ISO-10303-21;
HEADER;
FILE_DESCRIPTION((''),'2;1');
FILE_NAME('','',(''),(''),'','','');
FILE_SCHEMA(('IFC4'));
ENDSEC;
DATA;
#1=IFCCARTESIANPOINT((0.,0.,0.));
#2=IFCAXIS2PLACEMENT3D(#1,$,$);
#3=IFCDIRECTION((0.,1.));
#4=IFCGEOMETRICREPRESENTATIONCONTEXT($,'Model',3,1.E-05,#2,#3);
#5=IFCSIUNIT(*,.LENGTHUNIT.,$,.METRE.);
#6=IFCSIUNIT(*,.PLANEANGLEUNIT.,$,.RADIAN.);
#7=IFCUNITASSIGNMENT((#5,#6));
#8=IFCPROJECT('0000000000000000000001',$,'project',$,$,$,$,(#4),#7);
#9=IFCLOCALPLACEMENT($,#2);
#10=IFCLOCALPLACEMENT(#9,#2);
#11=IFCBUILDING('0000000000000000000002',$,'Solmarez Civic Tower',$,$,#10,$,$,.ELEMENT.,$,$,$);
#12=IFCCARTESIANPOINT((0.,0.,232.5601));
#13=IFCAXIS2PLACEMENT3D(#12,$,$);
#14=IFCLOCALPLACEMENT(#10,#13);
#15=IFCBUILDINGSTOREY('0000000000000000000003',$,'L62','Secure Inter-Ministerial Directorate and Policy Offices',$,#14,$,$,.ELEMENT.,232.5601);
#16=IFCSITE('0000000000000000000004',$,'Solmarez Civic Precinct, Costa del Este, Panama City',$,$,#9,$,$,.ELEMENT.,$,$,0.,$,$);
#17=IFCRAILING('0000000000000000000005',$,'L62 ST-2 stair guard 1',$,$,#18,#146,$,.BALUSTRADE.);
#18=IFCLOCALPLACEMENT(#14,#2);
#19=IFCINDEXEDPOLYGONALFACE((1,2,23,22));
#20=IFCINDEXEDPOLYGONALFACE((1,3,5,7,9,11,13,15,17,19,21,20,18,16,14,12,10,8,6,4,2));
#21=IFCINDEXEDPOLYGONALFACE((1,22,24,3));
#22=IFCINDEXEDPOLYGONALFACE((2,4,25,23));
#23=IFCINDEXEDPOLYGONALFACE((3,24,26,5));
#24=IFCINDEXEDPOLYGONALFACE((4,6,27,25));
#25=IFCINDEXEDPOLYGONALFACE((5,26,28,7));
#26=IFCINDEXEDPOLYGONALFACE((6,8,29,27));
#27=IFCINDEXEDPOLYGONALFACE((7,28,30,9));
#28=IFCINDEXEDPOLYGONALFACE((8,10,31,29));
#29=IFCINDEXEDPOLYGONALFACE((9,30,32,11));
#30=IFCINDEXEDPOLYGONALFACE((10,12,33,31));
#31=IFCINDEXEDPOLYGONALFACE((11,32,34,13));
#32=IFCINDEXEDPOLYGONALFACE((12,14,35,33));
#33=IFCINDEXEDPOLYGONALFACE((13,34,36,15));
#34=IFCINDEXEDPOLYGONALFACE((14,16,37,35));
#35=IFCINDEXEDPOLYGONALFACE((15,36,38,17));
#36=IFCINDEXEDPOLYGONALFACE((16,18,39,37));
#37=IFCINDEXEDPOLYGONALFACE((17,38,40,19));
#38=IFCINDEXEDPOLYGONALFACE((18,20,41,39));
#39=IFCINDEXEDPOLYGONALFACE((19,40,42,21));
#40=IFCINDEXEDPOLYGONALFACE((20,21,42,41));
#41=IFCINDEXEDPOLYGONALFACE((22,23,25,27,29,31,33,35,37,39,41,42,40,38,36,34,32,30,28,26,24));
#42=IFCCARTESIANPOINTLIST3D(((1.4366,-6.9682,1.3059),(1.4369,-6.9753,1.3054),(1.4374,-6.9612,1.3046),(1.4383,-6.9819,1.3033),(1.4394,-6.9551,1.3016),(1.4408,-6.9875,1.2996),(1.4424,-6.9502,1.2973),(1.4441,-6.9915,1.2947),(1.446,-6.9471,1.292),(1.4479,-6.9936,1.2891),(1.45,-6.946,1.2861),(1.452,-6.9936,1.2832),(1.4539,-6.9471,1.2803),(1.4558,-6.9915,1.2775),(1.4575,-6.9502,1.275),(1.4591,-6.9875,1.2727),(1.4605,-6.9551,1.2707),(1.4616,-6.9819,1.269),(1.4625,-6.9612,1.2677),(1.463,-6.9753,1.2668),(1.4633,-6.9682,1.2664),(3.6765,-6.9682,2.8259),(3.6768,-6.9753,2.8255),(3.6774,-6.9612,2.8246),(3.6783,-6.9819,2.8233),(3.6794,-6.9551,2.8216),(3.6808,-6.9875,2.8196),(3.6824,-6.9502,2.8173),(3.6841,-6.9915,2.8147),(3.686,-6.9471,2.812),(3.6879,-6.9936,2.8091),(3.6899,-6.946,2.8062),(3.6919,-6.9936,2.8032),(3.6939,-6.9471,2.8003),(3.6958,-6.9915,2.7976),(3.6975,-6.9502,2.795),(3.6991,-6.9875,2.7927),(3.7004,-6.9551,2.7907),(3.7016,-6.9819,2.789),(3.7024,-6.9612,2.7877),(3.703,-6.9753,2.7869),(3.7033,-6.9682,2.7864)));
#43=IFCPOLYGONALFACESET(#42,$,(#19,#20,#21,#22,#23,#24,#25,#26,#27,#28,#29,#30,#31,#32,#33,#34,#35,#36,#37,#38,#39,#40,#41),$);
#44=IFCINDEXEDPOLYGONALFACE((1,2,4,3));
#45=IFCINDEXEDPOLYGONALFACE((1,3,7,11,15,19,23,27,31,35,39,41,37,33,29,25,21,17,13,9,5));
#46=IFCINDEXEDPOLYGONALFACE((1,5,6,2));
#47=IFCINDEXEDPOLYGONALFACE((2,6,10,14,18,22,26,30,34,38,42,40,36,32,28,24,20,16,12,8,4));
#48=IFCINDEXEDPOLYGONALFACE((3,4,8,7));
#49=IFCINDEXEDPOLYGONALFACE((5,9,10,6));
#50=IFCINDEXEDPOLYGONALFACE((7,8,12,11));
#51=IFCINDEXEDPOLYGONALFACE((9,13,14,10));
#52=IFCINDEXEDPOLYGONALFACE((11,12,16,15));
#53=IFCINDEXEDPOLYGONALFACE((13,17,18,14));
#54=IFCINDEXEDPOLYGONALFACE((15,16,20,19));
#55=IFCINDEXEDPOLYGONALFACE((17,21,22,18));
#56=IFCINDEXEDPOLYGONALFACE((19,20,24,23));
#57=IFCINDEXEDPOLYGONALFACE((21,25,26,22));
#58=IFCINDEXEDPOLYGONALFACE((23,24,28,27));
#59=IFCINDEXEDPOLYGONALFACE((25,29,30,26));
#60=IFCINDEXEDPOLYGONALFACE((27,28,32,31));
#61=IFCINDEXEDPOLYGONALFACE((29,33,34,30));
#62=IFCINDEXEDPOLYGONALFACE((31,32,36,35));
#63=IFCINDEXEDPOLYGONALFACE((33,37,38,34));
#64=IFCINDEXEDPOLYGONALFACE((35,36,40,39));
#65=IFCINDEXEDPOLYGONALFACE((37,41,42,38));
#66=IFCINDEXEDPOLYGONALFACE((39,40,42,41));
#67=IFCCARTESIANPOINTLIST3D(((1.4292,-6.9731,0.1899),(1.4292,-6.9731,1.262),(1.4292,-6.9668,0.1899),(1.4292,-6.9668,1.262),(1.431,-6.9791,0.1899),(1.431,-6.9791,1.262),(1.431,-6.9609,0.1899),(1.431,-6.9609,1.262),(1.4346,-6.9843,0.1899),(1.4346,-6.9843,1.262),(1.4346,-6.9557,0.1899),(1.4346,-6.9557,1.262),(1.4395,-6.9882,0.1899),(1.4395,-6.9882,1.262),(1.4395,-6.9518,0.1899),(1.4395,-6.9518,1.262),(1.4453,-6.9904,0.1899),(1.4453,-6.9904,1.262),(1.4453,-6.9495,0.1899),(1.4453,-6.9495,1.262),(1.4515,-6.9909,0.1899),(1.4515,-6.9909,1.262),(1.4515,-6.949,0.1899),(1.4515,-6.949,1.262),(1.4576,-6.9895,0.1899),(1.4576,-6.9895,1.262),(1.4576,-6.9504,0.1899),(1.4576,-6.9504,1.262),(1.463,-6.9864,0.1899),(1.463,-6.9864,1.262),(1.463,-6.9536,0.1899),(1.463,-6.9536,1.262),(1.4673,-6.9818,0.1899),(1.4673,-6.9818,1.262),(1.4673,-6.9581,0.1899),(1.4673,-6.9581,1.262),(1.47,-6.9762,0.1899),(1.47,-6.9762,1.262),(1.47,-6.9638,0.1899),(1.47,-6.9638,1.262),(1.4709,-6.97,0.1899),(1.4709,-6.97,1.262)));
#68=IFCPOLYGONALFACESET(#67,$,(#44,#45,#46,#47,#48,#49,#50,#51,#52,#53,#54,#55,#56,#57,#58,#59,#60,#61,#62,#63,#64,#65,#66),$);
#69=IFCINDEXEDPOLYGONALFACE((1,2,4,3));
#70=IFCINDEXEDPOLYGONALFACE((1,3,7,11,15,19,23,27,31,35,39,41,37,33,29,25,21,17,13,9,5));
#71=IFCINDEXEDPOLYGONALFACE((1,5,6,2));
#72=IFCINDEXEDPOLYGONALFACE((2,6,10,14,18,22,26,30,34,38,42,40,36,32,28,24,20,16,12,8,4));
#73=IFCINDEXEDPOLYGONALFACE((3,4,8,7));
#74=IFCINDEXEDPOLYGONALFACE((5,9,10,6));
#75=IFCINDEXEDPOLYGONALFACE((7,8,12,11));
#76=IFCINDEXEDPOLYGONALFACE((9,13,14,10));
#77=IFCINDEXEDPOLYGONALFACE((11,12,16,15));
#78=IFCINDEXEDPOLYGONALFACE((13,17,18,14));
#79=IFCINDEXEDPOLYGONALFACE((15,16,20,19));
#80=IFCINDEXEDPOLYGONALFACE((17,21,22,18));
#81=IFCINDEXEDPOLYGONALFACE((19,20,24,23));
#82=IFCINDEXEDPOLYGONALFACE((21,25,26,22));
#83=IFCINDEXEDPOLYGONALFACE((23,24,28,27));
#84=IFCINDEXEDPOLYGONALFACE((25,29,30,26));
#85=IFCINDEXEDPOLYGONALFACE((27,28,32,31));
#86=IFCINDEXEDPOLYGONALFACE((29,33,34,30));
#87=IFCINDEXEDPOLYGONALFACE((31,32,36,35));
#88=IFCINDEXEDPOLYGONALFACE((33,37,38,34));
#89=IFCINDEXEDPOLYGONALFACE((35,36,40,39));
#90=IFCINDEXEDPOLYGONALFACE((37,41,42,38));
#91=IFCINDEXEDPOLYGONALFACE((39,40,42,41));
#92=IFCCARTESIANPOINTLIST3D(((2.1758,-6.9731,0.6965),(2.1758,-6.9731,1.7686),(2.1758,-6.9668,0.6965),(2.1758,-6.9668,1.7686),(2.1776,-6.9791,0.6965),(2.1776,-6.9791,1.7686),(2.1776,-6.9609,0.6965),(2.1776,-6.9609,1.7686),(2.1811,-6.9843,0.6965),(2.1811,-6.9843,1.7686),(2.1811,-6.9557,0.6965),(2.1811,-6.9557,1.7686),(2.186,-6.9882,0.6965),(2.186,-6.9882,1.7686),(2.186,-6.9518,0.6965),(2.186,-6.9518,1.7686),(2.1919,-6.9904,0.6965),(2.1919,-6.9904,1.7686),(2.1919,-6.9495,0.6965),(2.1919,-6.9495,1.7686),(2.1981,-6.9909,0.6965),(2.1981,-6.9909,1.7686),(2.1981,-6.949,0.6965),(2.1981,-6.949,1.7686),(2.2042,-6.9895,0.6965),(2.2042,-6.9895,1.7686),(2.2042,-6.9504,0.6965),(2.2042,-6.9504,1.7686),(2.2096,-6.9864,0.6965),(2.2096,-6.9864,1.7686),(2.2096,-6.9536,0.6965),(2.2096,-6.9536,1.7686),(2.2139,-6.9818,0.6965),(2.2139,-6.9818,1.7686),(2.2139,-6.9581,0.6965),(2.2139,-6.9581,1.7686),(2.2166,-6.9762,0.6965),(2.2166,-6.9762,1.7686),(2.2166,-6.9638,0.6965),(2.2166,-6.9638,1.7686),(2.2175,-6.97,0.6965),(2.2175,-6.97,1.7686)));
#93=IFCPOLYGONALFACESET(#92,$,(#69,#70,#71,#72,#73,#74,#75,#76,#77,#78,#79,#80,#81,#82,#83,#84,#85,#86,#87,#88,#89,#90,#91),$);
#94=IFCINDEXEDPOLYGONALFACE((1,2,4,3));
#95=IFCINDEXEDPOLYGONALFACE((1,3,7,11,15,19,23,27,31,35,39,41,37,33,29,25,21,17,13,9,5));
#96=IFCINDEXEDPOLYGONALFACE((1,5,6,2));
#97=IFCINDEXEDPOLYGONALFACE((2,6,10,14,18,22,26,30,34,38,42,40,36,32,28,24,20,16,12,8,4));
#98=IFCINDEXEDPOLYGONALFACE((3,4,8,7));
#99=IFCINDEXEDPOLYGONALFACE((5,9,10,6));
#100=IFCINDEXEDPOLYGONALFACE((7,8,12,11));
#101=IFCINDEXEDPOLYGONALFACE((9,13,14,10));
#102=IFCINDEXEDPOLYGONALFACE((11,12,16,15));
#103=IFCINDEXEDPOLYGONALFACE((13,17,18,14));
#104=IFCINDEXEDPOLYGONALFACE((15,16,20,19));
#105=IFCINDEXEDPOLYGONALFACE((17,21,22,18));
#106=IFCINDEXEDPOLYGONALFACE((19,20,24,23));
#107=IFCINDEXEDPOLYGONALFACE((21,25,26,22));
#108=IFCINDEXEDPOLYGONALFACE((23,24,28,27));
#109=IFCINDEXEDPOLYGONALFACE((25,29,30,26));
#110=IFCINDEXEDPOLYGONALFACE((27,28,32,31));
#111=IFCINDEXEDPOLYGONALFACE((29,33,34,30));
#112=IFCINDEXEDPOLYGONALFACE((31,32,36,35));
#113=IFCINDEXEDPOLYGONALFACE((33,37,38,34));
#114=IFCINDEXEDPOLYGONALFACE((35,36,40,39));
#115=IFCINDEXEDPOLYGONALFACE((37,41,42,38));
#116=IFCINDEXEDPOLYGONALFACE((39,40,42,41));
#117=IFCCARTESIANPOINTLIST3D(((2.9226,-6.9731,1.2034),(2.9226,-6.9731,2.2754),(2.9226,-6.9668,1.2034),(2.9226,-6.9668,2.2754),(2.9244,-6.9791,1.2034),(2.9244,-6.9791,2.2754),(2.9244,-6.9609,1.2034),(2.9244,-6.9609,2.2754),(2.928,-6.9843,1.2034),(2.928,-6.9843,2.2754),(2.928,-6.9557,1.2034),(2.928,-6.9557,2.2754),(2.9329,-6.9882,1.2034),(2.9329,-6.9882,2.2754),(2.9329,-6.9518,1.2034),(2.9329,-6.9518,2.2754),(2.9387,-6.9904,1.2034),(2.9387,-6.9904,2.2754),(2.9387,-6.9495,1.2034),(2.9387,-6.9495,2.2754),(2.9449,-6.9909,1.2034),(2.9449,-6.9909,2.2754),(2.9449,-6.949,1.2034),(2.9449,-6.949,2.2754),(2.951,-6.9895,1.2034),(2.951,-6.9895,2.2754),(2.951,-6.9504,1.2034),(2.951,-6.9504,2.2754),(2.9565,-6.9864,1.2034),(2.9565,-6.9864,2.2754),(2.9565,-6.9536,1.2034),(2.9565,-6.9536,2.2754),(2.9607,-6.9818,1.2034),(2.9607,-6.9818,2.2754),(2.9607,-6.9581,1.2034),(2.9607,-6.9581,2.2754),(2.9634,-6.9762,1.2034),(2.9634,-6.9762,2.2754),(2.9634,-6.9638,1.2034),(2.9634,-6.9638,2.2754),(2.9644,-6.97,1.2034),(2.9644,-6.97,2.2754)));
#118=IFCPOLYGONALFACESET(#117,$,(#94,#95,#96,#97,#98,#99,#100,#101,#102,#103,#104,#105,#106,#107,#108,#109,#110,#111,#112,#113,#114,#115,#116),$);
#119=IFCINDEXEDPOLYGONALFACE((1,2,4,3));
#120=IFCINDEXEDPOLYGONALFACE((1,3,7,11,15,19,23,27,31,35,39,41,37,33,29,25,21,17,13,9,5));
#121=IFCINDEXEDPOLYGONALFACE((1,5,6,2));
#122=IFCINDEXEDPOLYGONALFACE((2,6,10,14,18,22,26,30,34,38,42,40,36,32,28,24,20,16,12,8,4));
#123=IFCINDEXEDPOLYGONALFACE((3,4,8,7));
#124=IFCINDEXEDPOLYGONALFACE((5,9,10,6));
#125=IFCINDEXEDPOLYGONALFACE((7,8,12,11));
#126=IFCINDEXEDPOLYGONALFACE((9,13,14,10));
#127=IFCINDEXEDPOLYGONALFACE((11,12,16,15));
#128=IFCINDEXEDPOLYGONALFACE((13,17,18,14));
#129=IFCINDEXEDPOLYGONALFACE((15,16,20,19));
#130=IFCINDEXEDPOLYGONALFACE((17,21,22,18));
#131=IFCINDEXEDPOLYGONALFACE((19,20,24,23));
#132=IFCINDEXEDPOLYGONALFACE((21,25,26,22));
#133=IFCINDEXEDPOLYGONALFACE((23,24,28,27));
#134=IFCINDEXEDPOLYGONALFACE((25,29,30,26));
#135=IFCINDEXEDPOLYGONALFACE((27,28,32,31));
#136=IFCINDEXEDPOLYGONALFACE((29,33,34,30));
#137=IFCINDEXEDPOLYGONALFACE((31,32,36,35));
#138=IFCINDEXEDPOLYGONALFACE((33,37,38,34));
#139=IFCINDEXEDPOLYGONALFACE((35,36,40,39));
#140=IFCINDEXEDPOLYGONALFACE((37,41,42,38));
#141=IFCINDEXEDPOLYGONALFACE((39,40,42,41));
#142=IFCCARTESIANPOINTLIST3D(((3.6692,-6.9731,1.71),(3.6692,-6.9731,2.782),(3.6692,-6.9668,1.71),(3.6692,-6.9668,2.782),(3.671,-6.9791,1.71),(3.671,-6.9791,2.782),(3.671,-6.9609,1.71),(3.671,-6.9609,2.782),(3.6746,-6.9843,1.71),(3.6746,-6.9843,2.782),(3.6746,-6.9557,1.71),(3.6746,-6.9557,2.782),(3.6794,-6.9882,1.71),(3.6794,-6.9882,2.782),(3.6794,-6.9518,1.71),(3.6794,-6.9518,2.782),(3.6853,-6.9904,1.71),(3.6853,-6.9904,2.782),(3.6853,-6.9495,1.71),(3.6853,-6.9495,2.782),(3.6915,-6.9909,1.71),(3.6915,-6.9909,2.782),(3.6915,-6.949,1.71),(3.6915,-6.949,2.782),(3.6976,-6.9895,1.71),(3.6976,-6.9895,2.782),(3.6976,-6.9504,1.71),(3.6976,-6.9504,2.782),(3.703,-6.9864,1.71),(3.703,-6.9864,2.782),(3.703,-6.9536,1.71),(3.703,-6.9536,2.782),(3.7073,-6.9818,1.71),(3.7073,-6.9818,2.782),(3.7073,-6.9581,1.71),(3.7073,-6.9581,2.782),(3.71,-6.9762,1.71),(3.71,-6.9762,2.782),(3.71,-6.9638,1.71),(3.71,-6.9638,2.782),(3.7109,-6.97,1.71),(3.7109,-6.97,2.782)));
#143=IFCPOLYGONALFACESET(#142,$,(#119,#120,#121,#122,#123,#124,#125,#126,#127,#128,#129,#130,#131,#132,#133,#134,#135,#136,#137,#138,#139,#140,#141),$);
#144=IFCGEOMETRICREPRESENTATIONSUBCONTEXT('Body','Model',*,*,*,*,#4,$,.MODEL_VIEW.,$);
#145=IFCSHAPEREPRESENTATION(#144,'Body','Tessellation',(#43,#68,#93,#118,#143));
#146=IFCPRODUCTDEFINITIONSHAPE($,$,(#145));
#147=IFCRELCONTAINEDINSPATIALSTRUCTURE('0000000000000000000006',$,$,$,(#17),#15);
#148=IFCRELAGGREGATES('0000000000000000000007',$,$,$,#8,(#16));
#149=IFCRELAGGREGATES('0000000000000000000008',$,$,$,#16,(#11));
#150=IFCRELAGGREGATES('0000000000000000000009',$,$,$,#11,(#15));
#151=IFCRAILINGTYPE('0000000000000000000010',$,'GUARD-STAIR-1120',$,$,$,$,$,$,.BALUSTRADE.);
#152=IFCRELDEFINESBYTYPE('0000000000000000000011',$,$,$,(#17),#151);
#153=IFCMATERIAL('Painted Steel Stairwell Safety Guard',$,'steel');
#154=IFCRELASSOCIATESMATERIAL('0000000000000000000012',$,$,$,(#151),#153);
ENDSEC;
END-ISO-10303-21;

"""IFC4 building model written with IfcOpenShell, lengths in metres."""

from ifc_helpers import new_model, si_unit, direction, frame, origin, origin_2d, place, context, subcontext, project, spatial, circle, extrude, material, type_object, element, save


model = new_model("IFC4")

# Units and contexts
model_context = context("Model", 3, precision=1e-05, world=origin(), true_north=direction((0.0, 1.0)))
body_context = subcontext(model_context, "Body", "Model", "MODEL_VIEW")
ifc_project = project(units=[si_unit("LENGTHUNIT", "METRE"), si_unit("PLANEANGLEUNIT", "RADIAN")], contexts=[model_context])

# Site, building, storey
site_placement = place(None, origin())
site = spatial("IfcSite", under=ifc_project, at=site_placement, Name="Solmarez Civic Precinct, Costa del Este, Panama City", CompositionType="ELEMENT", RefElevation=0.0)
building_placement = place(site_placement, origin())
building = spatial("IfcBuilding", under=site, at=building_placement, Name="Solmarez Civic Tower", CompositionType="ELEMENT")
storey_placement = place(building_placement, frame((0.0, 0.0, 232.5601)))
storey = spatial("IfcBuildingStorey", under=building, at=storey_placement, Name="L62", Description="Secure Inter-Ministerial Directorate and Policy Offices", CompositionType="ELEMENT", Elevation=232.5601)

# Railing
ifc_material_1 = material(Name="Painted Steel Stairwell Safety Guard", Category="steel")
railing_type = type_object("IfcRailingType", Name="GUARD-STAIR-1120", PredefinedType="BALUSTRADE", material=ifc_material_1)
railing_1_placement = place(storey_placement, frame((1.45, -6.97, 0.1899)))
element("IfcRailing", 1, at=railing_1_placement, inside=storey, type_object=railing_type, Name="L62 ST-2 stair guard 1", PredefinedType="BALUSTRADE", context=body_context, shape_type="SweptSolid", body=[
    extrude(circle(Radius=0.0239, at=origin_2d()), frame((0.0, 0.0, 1.0962), z_axis=(0.827471, 0.0, 0.561508), x_axis=(0.0, 1.0, 0.0)), (0.0, 0.0, 1.0), 2.707),
    extrude(circle(Radius=0.021, at=origin_2d()), origin(), (0.0, 0.0, 1.0), 1.072),
    extrude(circle(Radius=0.021, at=origin_2d()), frame((0.7466, 0.0, 0.5066)), (0.0, 0.0, 1.0), 1.072),
    extrude(circle(Radius=0.021, at=origin_2d()), frame((1.4934, 0.0, 1.0134)), (0.0, 0.0, 1.0), 1.072),
    extrude(circle(Radius=0.021, at=origin_2d()), frame((2.24, 0.0, 1.52)), (0.0, 0.0, 1.0), 1.072),
])

save(model, "model.ifc")
